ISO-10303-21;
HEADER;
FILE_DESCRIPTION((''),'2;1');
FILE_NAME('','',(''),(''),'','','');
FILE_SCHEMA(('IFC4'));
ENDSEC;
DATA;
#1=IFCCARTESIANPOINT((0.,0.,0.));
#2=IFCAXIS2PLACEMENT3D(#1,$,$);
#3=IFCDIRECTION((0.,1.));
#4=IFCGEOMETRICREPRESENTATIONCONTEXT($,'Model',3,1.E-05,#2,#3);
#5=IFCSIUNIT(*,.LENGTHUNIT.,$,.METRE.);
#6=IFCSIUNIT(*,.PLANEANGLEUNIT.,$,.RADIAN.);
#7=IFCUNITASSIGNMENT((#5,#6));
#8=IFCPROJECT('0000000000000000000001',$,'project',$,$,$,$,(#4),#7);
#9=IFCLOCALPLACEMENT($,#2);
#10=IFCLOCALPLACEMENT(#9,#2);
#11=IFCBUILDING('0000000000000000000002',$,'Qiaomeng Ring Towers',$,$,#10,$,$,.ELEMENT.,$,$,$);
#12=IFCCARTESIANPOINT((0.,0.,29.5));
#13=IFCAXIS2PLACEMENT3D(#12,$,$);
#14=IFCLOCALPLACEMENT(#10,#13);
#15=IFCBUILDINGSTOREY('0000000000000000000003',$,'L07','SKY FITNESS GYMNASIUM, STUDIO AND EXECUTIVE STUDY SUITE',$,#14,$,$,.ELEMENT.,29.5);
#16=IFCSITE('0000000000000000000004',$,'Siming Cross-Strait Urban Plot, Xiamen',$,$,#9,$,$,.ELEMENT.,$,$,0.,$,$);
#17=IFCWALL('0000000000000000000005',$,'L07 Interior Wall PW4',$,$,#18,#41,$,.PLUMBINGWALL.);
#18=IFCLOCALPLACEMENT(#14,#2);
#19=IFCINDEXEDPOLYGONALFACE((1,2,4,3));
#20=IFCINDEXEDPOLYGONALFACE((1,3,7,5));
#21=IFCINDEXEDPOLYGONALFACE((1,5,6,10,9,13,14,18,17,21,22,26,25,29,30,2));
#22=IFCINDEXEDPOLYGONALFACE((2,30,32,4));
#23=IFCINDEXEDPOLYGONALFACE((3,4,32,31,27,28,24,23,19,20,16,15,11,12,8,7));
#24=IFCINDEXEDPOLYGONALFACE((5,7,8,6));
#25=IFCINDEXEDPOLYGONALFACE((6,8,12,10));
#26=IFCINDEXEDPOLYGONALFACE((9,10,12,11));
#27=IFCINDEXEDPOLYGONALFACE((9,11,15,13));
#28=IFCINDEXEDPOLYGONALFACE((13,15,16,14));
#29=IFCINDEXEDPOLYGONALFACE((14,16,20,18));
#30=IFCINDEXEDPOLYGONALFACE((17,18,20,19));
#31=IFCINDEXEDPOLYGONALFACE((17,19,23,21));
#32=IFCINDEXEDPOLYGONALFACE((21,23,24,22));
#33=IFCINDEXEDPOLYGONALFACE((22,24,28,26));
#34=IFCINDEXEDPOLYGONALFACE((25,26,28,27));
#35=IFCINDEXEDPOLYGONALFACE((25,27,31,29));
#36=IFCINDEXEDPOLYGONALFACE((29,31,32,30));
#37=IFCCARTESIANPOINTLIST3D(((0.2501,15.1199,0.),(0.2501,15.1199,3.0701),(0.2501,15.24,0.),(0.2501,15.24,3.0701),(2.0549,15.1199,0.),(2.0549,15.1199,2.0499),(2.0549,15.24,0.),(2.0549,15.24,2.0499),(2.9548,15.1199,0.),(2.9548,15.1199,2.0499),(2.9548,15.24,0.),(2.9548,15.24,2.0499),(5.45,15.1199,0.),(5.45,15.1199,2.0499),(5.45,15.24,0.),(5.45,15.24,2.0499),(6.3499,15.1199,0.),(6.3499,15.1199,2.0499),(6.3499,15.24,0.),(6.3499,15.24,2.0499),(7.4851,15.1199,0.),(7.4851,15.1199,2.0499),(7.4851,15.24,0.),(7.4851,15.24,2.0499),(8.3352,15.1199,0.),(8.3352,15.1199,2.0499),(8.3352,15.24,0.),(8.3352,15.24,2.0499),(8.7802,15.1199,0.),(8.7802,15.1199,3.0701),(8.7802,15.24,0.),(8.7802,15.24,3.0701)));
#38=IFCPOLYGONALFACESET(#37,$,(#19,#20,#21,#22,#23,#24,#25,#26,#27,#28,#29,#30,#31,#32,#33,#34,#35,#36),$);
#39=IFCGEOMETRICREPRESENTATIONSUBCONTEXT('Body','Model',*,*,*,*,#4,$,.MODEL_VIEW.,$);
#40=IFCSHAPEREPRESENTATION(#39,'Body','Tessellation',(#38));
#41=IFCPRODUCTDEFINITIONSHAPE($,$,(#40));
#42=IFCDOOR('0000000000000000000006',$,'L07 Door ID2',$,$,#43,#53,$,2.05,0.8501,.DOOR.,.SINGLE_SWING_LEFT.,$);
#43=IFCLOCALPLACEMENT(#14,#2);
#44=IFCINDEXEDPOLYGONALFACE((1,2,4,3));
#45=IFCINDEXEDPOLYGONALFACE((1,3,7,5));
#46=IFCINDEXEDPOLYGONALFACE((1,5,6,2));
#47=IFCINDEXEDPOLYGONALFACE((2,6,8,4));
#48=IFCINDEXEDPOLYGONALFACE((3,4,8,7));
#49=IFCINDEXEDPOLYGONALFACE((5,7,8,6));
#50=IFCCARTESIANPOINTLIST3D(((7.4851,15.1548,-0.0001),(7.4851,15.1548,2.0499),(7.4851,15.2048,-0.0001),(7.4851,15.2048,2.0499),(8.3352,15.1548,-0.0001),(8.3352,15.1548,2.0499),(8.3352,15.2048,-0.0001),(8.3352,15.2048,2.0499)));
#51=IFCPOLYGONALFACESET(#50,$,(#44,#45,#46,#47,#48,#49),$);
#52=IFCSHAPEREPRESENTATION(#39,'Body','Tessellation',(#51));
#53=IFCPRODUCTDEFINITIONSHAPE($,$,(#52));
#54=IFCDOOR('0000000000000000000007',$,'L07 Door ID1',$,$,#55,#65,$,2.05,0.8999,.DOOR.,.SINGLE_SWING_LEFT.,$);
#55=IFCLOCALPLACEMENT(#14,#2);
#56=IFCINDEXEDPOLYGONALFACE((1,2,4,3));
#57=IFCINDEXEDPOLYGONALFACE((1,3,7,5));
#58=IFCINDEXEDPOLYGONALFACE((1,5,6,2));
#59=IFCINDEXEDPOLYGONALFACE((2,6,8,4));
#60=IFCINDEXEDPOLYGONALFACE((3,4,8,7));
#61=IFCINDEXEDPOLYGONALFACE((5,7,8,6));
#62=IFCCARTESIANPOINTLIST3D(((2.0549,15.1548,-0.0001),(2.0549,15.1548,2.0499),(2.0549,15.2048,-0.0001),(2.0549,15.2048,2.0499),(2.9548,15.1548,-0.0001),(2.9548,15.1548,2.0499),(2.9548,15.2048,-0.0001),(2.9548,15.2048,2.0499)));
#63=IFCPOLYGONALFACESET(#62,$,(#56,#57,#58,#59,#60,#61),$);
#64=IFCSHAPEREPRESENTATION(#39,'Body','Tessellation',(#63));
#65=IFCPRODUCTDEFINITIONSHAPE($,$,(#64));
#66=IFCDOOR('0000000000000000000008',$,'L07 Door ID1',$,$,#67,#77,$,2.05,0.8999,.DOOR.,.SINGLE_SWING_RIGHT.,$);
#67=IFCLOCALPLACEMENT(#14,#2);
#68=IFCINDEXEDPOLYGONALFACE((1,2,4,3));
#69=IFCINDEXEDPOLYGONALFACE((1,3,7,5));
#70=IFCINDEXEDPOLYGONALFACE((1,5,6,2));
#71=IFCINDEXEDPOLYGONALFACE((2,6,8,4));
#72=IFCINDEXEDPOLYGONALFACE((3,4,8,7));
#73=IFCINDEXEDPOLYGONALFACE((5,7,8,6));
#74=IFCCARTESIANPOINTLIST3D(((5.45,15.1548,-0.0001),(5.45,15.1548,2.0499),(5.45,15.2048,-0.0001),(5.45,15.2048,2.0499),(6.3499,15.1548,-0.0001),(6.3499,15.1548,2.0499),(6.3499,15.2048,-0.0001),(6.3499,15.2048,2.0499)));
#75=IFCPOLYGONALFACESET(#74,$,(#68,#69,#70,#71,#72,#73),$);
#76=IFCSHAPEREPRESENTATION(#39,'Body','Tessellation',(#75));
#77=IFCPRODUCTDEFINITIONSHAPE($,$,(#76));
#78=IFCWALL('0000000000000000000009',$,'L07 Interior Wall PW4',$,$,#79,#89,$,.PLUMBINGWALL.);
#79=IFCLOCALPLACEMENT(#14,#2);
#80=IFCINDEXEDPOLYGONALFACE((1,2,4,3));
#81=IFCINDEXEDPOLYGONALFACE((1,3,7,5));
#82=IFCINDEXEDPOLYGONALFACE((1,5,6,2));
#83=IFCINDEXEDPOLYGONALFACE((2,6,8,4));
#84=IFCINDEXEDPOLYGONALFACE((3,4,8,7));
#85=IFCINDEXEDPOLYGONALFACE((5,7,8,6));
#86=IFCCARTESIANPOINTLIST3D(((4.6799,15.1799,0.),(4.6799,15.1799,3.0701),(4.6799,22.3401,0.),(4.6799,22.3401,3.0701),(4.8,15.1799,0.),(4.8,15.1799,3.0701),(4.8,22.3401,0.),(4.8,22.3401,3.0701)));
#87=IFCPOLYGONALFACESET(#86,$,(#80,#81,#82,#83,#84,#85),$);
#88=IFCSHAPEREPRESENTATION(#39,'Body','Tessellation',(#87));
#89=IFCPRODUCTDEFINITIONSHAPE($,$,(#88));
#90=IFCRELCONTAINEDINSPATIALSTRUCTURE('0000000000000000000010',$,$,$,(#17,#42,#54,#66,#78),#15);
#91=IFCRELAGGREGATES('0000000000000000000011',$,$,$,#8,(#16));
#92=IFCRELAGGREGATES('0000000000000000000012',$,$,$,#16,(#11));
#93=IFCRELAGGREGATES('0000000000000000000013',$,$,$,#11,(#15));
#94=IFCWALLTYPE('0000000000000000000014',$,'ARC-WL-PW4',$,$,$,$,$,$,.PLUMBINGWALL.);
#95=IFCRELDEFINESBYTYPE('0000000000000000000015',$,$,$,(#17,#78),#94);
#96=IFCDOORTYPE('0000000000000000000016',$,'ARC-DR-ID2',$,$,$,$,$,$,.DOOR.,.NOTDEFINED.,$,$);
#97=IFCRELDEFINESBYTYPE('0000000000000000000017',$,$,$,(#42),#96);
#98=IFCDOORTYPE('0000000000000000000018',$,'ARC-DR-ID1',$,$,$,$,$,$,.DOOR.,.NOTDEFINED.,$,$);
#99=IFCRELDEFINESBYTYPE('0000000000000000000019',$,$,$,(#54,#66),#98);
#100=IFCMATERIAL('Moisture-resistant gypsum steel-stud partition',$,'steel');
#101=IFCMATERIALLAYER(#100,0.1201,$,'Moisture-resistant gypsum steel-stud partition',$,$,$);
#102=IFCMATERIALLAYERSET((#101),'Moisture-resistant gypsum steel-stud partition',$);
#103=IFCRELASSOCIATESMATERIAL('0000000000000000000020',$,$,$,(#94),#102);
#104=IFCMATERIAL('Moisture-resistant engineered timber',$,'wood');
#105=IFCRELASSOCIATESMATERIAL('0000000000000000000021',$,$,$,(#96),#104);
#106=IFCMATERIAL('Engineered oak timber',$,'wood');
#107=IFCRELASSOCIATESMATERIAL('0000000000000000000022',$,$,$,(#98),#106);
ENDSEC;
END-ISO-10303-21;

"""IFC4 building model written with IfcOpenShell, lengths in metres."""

from ifc_helpers import new_model, si_unit, direction, frame, frame_2d, origin, place, context, subcontext, project, spatial, rectangle, extrude, source, transform, mapped, material, layer, layer_set, type_object, element, fill, save


model = new_model("IFC4")

# Units and contexts
model_context = context("Model", 3, precision=1e-05, world=origin(), true_north=direction((0.0, 1.0)))
body_context = subcontext(model_context, "Body", "Model", "MODEL_VIEW")
ifc_project = project(units=[si_unit("LENGTHUNIT", "METRE"), si_unit("PLANEANGLEUNIT", "RADIAN")], contexts=[model_context])

# Site, building, storey
site_placement = place(None, origin())
site = spatial("IfcSite", under=ifc_project, at=site_placement, Name="Siming Cross-Strait Urban Plot, Xiamen", CompositionType="ELEMENT", RefElevation=0.0)
building_placement = place(site_placement, origin())
building = spatial("IfcBuilding", under=site, at=building_placement, Name="Qiaomeng Ring Towers", CompositionType="ELEMENT")
storey_placement = place(building_placement, frame((0.0, 0.0, 29.5)))
storey = spatial("IfcBuildingStorey", under=building, at=storey_placement, Name="L07", Description="SKY FITNESS GYMNASIUM, STUDIO AND EXECUTIVE STUDY SUITE", CompositionType="ELEMENT", Elevation=29.5)

# Wall, openings, doors
ifc_material_1 = material(Name="Moisture-resistant gypsum steel-stud partition", Category="steel")
ifc_layer_1 = layer(ifc_material_1, 0.1201, Name="Moisture-resistant gypsum steel-stud partition")
ifc_layer_set_1 = layer_set([ifc_layer_1], Name="Moisture-resistant gypsum steel-stud partition")
wall_type_1 = type_object("IfcWallType", Name="ARC-WL-PW4", PredefinedType="PLUMBINGWALL", material=ifc_layer_set_1)
wall_1_placement = place(storey_placement, frame((0.25, 15.1799, 0.0), z_axis=(0.0, 0.0, 1.0), x_axis=(1.0, 0.0, 0.0)))
wall_1 = element("IfcWall", 1, at=wall_1_placement, inside=storey, type_object=wall_type_1, Name="L07 Interior Wall PW4", PredefinedType="PLUMBINGWALL", context=body_context, shape_type="SweptSolid", body=[
    extrude(rectangle(XDim=8.53, YDim=0.1201, at=frame_2d((4.2651, 0.0))), origin(), (0.0, 0.0, 1.0), 3.0701),
])
opening_1_placement = place(wall_1_placement, frame((1.8049, 0.0, 0.0)))
opening_1 = element("IfcOpeningElement", 2, at=opening_1_placement, cuts=wall_1, PredefinedType="OPENING", context=body_context, shape_type="SweptSolid", body=[
    extrude(rectangle(XDim=0.8999, YDim=2.05, at=frame_2d((0.45, 1.0249))), frame((0.0, 0.0701, 0.0), z_axis=(0.0, -1.0, 0.0), x_axis=(1.0, 0.0, 0.0)), (0.0, 0.0, 1.0), 0.1401),
])
opening_2_placement = place(wall_1_placement, frame((5.2, 0.0, 0.0)))
opening_2 = element("IfcOpeningElement", 3, at=opening_2_placement, cuts=wall_1, PredefinedType="OPENING", context=body_context, shape_type="SweptSolid", body=[
    extrude(rectangle(XDim=0.8999, YDim=2.05, at=frame_2d((0.45, 1.0249))), frame((0.0, 0.0701, 0.0), z_axis=(0.0, -1.0, 0.0), x_axis=(1.0, 0.0, 0.0)), (0.0, 0.0, 1.0), 0.1401),
])
opening_3_placement = place(wall_1_placement, frame((7.2351, 0.0, 0.0)))
opening_3 = element("IfcOpeningElement", 4, at=opening_3_placement, cuts=wall_1, PredefinedType="OPENING", context=body_context, shape_type="SweptSolid", body=[
    extrude(rectangle(XDim=0.8501, YDim=2.05, at=frame_2d((0.425, 1.0249))), frame((0.0, 0.0701, 0.0), z_axis=(0.0, -1.0, 0.0), x_axis=(1.0, 0.0, 0.0)), (0.0, 0.0, 1.0), 0.1401),
])
ifc_material_2 = material(Name="Moisture-resistant engineered timber", Category="wood")
door_type_1 = type_object("IfcDoorType", Name="ARC-DR-ID2", OperationType="NOTDEFINED", PredefinedType="DOOR", material=ifc_material_2)
shared_shape_1 = source(origin(), body_context, "Body", "SweptSolid", [
    extrude(rectangle(XDim=0.8501, YDim=2.05, at=frame_2d((0.425, 1.0249))), frame((0.0, 0.0249, 0.0), z_axis=(0.0, -1.0, 0.0), x_axis=(1.0, 0.0, 0.0)), (0.0, 0.0, 1.0), 0.05),
])
door_1_placement = place(opening_3_placement, origin())
door_1 = element("IfcDoor", 5, at=door_1_placement, inside=storey, type_object=door_type_1, Name="L07 Door ID2", OperationType="SINGLE_SWING_LEFT", OverallHeight=2.05, OverallWidth=0.8501, PredefinedType="DOOR", context=body_context, shape_type="MappedRepresentation", body=[
    mapped(shared_shape_1, transform((0.0, 0.0, 0.0), x_axis=(1.0, 0.0, 0.0), y_axis=(0.0, 1.0, 0.0), z_axis=(0.0, 0.0, 1.0), scale=1.0)),
])
fill(opening_3, door_1)
ifc_material_3 = material(Name="Engineered oak timber", Category="wood")
door_type_2 = type_object("IfcDoorType", Name="ARC-DR-ID1", OperationType="NOTDEFINED", PredefinedType="DOOR", material=ifc_material_3)
shared_shape_2 = source(origin(), body_context, "Body", "SweptSolid", [
    extrude(rectangle(XDim=0.8999, YDim=2.05, at=frame_2d((0.45, 1.0249))), frame((0.0, 0.0249, 0.0), z_axis=(0.0, -1.0, 0.0), x_axis=(1.0, 0.0, 0.0)), (0.0, 0.0, 1.0), 0.05),
])
door_2_placement = place(opening_1_placement, origin())
door_2 = element("IfcDoor", 6, at=door_2_placement, inside=storey, type_object=door_type_2, Name="L07 Door ID1", OperationType="SINGLE_SWING_LEFT", OverallHeight=2.05, OverallWidth=0.8999, PredefinedType="DOOR", context=body_context, shape_type="MappedRepresentation", body=[
    mapped(shared_shape_2, transform((0.0, 0.0, 0.0), x_axis=(1.0, 0.0, 0.0), y_axis=(0.0, 1.0, 0.0), z_axis=(0.0, 0.0, 1.0), scale=1.0)),
])
fill(opening_1, door_2)
door_3_placement = place(opening_2_placement, origin())
door_3 = element("IfcDoor", 7, at=door_3_placement, inside=storey, type_object=door_type_2, Name="L07 Door ID1", OperationType="SINGLE_SWING_RIGHT", OverallHeight=2.05, OverallWidth=0.8999, PredefinedType="DOOR", context=body_context, shape_type="MappedRepresentation", body=[
    mapped(shared_shape_2, transform((0.0, 0.0, 0.0), x_axis=(1.0, 0.0, 0.0), y_axis=(0.0, 1.0, 0.0), z_axis=(0.0, 0.0, 1.0), scale=1.0)),
])
fill(opening_2, door_3)

# Wall
wall_2_placement = place(storey_placement, frame((4.74, 15.1799, 0.0), z_axis=(0.0, 0.0, 1.0), x_axis=(0.0, 1.0, 0.0)))
element("IfcWall", 8, at=wall_2_placement, inside=storey, type_object=wall_type_1, Name="L07 Interior Wall PW4", PredefinedType="PLUMBINGWALL", context=body_context, shape_type="SweptSolid", body=[
    extrude(rectangle(XDim=7.1602, YDim=0.1201, at=frame_2d((3.5801, 0.0))), origin(), (0.0, 0.0, 1.0), 3.0701),
])

save(model, "model.ifc")
